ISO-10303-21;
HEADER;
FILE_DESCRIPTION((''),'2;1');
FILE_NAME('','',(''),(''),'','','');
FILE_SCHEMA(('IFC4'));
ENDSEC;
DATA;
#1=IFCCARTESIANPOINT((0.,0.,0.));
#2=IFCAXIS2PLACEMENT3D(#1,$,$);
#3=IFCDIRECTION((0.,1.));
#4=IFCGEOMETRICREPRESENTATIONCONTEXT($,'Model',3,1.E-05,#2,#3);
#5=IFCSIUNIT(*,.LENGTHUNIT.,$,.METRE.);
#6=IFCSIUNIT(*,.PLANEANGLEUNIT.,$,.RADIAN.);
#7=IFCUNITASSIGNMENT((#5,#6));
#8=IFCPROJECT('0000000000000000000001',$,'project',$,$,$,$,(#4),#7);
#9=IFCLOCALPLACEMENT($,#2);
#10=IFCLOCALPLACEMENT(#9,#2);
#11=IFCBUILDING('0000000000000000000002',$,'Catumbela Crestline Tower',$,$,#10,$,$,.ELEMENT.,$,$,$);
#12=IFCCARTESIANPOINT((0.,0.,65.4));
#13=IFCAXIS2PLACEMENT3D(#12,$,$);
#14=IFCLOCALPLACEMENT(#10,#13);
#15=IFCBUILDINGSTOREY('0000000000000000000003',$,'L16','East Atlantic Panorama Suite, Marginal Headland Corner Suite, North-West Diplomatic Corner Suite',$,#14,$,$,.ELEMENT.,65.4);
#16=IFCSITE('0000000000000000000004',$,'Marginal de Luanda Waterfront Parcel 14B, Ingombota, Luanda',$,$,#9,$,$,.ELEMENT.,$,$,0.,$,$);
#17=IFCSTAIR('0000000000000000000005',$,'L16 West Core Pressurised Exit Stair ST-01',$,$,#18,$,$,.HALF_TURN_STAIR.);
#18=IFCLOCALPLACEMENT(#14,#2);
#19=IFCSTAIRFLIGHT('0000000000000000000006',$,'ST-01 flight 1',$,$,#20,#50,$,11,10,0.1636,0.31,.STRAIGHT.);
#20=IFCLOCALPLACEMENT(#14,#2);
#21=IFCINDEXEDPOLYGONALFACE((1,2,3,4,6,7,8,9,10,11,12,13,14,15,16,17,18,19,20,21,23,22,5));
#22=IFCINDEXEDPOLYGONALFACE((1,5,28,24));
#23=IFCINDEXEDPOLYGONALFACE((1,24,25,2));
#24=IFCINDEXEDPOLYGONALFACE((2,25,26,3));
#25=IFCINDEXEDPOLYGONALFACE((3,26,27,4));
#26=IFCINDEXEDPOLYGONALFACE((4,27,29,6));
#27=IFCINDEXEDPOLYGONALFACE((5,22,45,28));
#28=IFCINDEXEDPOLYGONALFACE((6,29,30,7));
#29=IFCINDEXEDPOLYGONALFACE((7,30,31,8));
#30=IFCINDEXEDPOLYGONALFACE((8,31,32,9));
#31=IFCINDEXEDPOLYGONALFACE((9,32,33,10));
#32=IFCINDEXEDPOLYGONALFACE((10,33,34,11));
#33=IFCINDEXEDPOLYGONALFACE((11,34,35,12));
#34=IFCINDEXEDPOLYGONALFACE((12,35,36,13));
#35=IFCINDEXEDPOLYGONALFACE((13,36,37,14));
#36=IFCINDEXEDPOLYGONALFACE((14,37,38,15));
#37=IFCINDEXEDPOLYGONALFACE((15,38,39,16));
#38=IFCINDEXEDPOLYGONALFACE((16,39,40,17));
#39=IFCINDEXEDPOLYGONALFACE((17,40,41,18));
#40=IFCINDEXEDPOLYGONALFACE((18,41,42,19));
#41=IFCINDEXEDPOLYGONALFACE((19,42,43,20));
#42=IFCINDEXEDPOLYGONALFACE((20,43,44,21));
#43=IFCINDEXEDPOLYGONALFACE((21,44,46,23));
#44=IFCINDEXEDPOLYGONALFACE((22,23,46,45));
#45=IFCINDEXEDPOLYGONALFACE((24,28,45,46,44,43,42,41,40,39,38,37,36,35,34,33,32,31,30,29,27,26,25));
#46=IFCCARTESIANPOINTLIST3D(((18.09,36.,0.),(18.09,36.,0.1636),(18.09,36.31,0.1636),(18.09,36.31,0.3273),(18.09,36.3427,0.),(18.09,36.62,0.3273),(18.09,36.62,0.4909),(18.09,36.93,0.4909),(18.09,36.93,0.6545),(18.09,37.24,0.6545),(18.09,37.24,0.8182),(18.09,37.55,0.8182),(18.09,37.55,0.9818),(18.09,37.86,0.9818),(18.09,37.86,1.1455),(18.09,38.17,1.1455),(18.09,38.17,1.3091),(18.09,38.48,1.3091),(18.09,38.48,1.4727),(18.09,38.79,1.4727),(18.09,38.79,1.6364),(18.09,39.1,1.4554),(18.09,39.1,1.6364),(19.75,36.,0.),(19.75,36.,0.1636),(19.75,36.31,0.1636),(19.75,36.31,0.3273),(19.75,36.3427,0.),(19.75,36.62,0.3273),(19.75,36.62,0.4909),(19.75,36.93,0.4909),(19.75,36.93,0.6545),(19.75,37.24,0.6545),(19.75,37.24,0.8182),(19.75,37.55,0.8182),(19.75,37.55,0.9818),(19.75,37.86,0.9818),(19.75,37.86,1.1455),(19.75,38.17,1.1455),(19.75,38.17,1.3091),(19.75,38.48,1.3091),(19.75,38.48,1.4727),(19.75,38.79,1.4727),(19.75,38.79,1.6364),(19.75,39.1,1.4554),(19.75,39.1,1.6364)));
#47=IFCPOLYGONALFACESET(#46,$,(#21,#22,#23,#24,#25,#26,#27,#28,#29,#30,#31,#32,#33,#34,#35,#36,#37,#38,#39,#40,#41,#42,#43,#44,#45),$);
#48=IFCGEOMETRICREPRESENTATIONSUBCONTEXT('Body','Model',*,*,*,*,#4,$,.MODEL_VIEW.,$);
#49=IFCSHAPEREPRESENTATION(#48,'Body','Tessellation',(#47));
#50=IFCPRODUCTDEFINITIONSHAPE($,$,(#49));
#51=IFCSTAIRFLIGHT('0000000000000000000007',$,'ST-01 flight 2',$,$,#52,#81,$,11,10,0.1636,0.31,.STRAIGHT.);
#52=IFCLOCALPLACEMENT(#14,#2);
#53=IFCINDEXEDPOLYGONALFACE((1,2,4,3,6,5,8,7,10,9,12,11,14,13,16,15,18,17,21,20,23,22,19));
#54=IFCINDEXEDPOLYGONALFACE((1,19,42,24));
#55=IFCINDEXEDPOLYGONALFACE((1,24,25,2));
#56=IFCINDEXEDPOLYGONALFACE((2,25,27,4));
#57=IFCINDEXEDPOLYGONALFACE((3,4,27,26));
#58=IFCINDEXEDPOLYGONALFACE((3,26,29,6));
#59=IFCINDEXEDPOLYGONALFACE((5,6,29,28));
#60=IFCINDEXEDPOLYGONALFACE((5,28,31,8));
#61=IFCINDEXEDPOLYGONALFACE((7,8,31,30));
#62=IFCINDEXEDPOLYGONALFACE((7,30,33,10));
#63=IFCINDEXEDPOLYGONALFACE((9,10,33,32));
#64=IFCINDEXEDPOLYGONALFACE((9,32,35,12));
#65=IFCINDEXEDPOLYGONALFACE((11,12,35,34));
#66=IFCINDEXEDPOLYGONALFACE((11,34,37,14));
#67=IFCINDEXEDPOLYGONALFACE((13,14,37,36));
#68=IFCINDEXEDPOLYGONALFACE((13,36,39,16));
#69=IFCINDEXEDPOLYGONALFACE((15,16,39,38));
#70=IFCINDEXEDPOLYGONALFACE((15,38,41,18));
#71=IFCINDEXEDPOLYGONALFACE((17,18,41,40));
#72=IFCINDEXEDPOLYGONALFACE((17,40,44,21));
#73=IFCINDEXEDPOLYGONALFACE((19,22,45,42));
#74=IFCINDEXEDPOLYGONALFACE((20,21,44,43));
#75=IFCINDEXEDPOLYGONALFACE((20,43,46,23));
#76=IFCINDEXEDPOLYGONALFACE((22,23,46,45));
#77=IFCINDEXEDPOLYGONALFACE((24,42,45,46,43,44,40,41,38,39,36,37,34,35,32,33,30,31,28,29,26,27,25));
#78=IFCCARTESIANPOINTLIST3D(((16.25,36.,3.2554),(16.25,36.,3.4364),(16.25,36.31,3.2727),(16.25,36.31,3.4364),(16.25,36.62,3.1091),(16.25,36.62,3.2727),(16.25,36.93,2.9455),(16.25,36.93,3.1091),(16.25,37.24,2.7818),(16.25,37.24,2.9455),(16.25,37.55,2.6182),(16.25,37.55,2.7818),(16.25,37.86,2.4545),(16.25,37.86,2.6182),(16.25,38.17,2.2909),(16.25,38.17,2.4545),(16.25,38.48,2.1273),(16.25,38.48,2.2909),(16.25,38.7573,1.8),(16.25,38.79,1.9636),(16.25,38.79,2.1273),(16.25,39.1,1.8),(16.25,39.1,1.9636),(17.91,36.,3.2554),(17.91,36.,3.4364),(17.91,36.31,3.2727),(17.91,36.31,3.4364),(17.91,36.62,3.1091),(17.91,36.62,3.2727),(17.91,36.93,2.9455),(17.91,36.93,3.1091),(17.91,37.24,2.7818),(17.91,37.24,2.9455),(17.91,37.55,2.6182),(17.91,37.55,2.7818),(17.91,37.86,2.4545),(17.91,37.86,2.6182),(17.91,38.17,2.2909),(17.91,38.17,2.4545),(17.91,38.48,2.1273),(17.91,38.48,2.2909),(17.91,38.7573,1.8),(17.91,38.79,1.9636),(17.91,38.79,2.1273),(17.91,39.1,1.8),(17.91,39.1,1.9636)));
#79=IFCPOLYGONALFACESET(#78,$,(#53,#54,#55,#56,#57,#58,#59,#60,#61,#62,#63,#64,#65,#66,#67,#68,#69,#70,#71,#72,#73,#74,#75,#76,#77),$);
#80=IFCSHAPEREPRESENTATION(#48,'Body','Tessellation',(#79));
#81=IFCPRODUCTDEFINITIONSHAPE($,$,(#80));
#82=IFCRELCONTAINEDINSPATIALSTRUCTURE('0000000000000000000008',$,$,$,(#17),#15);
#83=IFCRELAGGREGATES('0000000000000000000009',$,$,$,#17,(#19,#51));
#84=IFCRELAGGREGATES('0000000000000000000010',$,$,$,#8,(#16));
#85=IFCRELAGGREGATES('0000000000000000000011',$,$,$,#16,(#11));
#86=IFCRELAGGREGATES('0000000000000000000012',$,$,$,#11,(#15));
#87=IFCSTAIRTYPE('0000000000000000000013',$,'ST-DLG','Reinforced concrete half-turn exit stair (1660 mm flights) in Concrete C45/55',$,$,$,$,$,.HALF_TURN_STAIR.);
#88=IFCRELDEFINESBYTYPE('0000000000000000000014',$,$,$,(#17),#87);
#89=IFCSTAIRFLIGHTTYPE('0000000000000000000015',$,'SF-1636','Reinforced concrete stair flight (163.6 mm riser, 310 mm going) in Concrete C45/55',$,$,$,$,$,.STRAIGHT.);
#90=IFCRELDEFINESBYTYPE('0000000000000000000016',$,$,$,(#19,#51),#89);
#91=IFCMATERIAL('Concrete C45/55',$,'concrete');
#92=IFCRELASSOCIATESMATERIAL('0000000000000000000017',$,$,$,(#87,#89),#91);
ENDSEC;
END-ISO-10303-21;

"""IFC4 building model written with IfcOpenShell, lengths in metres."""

from ifc_helpers import new_model, si_unit, direction, frame, origin, place, context, subcontext, project, spatial, polyline, outline, extrude, material, type_object, element, aggregate, save


model = new_model("IFC4")

# Units and contexts
model_context = context("Model", 3, precision=1e-05, world=origin(), true_north=direction((0.0, 1.0)))
body_context = subcontext(model_context, "Body", "Model", "MODEL_VIEW")
ifc_project = project(units=[si_unit("LENGTHUNIT", "METRE"), si_unit("PLANEANGLEUNIT", "RADIAN")], contexts=[model_context])

# Site, building, storey
site_placement = place(None, origin())
site = spatial("IfcSite", under=ifc_project, at=site_placement, Name="Marginal de Luanda Waterfront Parcel 14B, Ingombota, Luanda", CompositionType="ELEMENT", RefElevation=0.0)
building_placement = place(site_placement, origin())
building = spatial("IfcBuilding", under=site, at=building_placement, Name="Catumbela Crestline Tower", CompositionType="ELEMENT")
storey_placement = place(building_placement, frame((0.0, 0.0, 65.4)))
storey = spatial("IfcBuildingStorey", under=building, at=storey_placement, Name="L16", Description="East Atlantic Panorama Suite, Marginal Headland Corner Suite, North-West Diplomatic Corner Suite", CompositionType="ELEMENT", Elevation=65.4)

# Stair, stair flights
ifc_material_1 = material(Name="Concrete C45/55", Category="concrete")
stair_type = type_object("IfcStairType", Name="ST-DLG", Description="Reinforced concrete half-turn exit stair (1660 mm flights) in Concrete C45/55", PredefinedType="HALF_TURN_STAIR", material=ifc_material_1)
stair_placement = place(storey_placement, origin())
stair = element("IfcStair", 1, at=stair_placement, inside=storey, type_object=stair_type, Name="L16 West Core Pressurised Exit Stair ST-01", PredefinedType="HALF_TURN_STAIR")
stair_flight_type = type_object("IfcStairFlightType", Name="SF-1636", Description="Reinforced concrete stair flight (163.6 mm riser, 310 mm going) in Concrete C45/55", PredefinedType="STRAIGHT", material=ifc_material_1)
stair_flight_1_placement = place(storey_placement, frame((18.92, 36.0, 0.0), z_axis=(0.0, 0.0, 1.0), x_axis=(0.0, 1.0, 0.0)))
stair_flight_1 = element("IfcStairFlight", 2, at=stair_flight_1_placement, type_object=stair_flight_type, Name="ST-01 flight 1", NumberOfRisers=11, NumberOfTreads=10, PredefinedType="STRAIGHT", RiserHeight=0.1636, TreadLength=0.31, context=body_context, shape_type="SweptSolid", body=[
    extrude(outline(polyline([(0.0, 0.0), (0.0, 0.1636), (0.31, 0.1636), (0.31, 0.3273), (0.62, 0.3273), (0.62, 0.4909), (0.93, 0.4909), (0.93, 0.6545), (1.24, 0.6545), (1.24, 0.8182), (1.55, 0.8182), (1.55, 0.9818), (1.86, 0.9818), (1.86, 1.1455), (2.17, 1.1455), (2.17, 1.3091), (2.48, 1.3091), (2.48, 1.4727), (2.79, 1.4727), (2.79, 1.6364), (3.1, 1.6364), (3.1, 1.8), (3.1, 1.4554), (0.3427, 0.0), (0.0, 0.0)])), frame((0.0, 0.83, 0.0), z_axis=(0.0, -1.0, 0.0), x_axis=(1.0, 0.0, 0.0)), (0.0, 0.0, 1.0), 1.66),
])
stair_flight_2_placement = place(storey_placement, frame((17.08, 39.1, 1.8), z_axis=(0.0, 0.0, 1.0), x_axis=(0.0, -1.0, 0.0)))
stair_flight_2 = element("IfcStairFlight", 3, at=stair_flight_2_placement, type_object=stair_flight_type, Name="ST-01 flight 2", NumberOfRisers=11, NumberOfTreads=10, PredefinedType="STRAIGHT", RiserHeight=0.1636, TreadLength=0.31, context=body_context, shape_type="SweptSolid", body=[
    extrude(outline(polyline([(0.0, 0.0), (0.0, 0.1636), (0.31, 0.1636), (0.31, 0.3273), (0.62, 0.3273), (0.62, 0.4909), (0.93, 0.4909), (0.93, 0.6545), (1.24, 0.6545), (1.24, 0.8182), (1.55, 0.8182), (1.55, 0.9818), (1.86, 0.9818), (1.86, 1.1455), (2.17, 1.1455), (2.17, 1.3091), (2.48, 1.3091), (2.48, 1.4727), (2.79, 1.4727), (2.79, 1.6364), (3.1, 1.6364), (3.1, 1.8), (3.1, 1.4554), (0.3427, 0.0), (0.0, 0.0)])), frame((0.0, 0.83, 0.0), z_axis=(0.0, -1.0, 0.0), x_axis=(1.0, 0.0, 0.0)), (0.0, 0.0, 1.0), 1.66),
])
aggregate(stair, [stair_flight_1, stair_flight_2])

save(model, "model.ifc")
